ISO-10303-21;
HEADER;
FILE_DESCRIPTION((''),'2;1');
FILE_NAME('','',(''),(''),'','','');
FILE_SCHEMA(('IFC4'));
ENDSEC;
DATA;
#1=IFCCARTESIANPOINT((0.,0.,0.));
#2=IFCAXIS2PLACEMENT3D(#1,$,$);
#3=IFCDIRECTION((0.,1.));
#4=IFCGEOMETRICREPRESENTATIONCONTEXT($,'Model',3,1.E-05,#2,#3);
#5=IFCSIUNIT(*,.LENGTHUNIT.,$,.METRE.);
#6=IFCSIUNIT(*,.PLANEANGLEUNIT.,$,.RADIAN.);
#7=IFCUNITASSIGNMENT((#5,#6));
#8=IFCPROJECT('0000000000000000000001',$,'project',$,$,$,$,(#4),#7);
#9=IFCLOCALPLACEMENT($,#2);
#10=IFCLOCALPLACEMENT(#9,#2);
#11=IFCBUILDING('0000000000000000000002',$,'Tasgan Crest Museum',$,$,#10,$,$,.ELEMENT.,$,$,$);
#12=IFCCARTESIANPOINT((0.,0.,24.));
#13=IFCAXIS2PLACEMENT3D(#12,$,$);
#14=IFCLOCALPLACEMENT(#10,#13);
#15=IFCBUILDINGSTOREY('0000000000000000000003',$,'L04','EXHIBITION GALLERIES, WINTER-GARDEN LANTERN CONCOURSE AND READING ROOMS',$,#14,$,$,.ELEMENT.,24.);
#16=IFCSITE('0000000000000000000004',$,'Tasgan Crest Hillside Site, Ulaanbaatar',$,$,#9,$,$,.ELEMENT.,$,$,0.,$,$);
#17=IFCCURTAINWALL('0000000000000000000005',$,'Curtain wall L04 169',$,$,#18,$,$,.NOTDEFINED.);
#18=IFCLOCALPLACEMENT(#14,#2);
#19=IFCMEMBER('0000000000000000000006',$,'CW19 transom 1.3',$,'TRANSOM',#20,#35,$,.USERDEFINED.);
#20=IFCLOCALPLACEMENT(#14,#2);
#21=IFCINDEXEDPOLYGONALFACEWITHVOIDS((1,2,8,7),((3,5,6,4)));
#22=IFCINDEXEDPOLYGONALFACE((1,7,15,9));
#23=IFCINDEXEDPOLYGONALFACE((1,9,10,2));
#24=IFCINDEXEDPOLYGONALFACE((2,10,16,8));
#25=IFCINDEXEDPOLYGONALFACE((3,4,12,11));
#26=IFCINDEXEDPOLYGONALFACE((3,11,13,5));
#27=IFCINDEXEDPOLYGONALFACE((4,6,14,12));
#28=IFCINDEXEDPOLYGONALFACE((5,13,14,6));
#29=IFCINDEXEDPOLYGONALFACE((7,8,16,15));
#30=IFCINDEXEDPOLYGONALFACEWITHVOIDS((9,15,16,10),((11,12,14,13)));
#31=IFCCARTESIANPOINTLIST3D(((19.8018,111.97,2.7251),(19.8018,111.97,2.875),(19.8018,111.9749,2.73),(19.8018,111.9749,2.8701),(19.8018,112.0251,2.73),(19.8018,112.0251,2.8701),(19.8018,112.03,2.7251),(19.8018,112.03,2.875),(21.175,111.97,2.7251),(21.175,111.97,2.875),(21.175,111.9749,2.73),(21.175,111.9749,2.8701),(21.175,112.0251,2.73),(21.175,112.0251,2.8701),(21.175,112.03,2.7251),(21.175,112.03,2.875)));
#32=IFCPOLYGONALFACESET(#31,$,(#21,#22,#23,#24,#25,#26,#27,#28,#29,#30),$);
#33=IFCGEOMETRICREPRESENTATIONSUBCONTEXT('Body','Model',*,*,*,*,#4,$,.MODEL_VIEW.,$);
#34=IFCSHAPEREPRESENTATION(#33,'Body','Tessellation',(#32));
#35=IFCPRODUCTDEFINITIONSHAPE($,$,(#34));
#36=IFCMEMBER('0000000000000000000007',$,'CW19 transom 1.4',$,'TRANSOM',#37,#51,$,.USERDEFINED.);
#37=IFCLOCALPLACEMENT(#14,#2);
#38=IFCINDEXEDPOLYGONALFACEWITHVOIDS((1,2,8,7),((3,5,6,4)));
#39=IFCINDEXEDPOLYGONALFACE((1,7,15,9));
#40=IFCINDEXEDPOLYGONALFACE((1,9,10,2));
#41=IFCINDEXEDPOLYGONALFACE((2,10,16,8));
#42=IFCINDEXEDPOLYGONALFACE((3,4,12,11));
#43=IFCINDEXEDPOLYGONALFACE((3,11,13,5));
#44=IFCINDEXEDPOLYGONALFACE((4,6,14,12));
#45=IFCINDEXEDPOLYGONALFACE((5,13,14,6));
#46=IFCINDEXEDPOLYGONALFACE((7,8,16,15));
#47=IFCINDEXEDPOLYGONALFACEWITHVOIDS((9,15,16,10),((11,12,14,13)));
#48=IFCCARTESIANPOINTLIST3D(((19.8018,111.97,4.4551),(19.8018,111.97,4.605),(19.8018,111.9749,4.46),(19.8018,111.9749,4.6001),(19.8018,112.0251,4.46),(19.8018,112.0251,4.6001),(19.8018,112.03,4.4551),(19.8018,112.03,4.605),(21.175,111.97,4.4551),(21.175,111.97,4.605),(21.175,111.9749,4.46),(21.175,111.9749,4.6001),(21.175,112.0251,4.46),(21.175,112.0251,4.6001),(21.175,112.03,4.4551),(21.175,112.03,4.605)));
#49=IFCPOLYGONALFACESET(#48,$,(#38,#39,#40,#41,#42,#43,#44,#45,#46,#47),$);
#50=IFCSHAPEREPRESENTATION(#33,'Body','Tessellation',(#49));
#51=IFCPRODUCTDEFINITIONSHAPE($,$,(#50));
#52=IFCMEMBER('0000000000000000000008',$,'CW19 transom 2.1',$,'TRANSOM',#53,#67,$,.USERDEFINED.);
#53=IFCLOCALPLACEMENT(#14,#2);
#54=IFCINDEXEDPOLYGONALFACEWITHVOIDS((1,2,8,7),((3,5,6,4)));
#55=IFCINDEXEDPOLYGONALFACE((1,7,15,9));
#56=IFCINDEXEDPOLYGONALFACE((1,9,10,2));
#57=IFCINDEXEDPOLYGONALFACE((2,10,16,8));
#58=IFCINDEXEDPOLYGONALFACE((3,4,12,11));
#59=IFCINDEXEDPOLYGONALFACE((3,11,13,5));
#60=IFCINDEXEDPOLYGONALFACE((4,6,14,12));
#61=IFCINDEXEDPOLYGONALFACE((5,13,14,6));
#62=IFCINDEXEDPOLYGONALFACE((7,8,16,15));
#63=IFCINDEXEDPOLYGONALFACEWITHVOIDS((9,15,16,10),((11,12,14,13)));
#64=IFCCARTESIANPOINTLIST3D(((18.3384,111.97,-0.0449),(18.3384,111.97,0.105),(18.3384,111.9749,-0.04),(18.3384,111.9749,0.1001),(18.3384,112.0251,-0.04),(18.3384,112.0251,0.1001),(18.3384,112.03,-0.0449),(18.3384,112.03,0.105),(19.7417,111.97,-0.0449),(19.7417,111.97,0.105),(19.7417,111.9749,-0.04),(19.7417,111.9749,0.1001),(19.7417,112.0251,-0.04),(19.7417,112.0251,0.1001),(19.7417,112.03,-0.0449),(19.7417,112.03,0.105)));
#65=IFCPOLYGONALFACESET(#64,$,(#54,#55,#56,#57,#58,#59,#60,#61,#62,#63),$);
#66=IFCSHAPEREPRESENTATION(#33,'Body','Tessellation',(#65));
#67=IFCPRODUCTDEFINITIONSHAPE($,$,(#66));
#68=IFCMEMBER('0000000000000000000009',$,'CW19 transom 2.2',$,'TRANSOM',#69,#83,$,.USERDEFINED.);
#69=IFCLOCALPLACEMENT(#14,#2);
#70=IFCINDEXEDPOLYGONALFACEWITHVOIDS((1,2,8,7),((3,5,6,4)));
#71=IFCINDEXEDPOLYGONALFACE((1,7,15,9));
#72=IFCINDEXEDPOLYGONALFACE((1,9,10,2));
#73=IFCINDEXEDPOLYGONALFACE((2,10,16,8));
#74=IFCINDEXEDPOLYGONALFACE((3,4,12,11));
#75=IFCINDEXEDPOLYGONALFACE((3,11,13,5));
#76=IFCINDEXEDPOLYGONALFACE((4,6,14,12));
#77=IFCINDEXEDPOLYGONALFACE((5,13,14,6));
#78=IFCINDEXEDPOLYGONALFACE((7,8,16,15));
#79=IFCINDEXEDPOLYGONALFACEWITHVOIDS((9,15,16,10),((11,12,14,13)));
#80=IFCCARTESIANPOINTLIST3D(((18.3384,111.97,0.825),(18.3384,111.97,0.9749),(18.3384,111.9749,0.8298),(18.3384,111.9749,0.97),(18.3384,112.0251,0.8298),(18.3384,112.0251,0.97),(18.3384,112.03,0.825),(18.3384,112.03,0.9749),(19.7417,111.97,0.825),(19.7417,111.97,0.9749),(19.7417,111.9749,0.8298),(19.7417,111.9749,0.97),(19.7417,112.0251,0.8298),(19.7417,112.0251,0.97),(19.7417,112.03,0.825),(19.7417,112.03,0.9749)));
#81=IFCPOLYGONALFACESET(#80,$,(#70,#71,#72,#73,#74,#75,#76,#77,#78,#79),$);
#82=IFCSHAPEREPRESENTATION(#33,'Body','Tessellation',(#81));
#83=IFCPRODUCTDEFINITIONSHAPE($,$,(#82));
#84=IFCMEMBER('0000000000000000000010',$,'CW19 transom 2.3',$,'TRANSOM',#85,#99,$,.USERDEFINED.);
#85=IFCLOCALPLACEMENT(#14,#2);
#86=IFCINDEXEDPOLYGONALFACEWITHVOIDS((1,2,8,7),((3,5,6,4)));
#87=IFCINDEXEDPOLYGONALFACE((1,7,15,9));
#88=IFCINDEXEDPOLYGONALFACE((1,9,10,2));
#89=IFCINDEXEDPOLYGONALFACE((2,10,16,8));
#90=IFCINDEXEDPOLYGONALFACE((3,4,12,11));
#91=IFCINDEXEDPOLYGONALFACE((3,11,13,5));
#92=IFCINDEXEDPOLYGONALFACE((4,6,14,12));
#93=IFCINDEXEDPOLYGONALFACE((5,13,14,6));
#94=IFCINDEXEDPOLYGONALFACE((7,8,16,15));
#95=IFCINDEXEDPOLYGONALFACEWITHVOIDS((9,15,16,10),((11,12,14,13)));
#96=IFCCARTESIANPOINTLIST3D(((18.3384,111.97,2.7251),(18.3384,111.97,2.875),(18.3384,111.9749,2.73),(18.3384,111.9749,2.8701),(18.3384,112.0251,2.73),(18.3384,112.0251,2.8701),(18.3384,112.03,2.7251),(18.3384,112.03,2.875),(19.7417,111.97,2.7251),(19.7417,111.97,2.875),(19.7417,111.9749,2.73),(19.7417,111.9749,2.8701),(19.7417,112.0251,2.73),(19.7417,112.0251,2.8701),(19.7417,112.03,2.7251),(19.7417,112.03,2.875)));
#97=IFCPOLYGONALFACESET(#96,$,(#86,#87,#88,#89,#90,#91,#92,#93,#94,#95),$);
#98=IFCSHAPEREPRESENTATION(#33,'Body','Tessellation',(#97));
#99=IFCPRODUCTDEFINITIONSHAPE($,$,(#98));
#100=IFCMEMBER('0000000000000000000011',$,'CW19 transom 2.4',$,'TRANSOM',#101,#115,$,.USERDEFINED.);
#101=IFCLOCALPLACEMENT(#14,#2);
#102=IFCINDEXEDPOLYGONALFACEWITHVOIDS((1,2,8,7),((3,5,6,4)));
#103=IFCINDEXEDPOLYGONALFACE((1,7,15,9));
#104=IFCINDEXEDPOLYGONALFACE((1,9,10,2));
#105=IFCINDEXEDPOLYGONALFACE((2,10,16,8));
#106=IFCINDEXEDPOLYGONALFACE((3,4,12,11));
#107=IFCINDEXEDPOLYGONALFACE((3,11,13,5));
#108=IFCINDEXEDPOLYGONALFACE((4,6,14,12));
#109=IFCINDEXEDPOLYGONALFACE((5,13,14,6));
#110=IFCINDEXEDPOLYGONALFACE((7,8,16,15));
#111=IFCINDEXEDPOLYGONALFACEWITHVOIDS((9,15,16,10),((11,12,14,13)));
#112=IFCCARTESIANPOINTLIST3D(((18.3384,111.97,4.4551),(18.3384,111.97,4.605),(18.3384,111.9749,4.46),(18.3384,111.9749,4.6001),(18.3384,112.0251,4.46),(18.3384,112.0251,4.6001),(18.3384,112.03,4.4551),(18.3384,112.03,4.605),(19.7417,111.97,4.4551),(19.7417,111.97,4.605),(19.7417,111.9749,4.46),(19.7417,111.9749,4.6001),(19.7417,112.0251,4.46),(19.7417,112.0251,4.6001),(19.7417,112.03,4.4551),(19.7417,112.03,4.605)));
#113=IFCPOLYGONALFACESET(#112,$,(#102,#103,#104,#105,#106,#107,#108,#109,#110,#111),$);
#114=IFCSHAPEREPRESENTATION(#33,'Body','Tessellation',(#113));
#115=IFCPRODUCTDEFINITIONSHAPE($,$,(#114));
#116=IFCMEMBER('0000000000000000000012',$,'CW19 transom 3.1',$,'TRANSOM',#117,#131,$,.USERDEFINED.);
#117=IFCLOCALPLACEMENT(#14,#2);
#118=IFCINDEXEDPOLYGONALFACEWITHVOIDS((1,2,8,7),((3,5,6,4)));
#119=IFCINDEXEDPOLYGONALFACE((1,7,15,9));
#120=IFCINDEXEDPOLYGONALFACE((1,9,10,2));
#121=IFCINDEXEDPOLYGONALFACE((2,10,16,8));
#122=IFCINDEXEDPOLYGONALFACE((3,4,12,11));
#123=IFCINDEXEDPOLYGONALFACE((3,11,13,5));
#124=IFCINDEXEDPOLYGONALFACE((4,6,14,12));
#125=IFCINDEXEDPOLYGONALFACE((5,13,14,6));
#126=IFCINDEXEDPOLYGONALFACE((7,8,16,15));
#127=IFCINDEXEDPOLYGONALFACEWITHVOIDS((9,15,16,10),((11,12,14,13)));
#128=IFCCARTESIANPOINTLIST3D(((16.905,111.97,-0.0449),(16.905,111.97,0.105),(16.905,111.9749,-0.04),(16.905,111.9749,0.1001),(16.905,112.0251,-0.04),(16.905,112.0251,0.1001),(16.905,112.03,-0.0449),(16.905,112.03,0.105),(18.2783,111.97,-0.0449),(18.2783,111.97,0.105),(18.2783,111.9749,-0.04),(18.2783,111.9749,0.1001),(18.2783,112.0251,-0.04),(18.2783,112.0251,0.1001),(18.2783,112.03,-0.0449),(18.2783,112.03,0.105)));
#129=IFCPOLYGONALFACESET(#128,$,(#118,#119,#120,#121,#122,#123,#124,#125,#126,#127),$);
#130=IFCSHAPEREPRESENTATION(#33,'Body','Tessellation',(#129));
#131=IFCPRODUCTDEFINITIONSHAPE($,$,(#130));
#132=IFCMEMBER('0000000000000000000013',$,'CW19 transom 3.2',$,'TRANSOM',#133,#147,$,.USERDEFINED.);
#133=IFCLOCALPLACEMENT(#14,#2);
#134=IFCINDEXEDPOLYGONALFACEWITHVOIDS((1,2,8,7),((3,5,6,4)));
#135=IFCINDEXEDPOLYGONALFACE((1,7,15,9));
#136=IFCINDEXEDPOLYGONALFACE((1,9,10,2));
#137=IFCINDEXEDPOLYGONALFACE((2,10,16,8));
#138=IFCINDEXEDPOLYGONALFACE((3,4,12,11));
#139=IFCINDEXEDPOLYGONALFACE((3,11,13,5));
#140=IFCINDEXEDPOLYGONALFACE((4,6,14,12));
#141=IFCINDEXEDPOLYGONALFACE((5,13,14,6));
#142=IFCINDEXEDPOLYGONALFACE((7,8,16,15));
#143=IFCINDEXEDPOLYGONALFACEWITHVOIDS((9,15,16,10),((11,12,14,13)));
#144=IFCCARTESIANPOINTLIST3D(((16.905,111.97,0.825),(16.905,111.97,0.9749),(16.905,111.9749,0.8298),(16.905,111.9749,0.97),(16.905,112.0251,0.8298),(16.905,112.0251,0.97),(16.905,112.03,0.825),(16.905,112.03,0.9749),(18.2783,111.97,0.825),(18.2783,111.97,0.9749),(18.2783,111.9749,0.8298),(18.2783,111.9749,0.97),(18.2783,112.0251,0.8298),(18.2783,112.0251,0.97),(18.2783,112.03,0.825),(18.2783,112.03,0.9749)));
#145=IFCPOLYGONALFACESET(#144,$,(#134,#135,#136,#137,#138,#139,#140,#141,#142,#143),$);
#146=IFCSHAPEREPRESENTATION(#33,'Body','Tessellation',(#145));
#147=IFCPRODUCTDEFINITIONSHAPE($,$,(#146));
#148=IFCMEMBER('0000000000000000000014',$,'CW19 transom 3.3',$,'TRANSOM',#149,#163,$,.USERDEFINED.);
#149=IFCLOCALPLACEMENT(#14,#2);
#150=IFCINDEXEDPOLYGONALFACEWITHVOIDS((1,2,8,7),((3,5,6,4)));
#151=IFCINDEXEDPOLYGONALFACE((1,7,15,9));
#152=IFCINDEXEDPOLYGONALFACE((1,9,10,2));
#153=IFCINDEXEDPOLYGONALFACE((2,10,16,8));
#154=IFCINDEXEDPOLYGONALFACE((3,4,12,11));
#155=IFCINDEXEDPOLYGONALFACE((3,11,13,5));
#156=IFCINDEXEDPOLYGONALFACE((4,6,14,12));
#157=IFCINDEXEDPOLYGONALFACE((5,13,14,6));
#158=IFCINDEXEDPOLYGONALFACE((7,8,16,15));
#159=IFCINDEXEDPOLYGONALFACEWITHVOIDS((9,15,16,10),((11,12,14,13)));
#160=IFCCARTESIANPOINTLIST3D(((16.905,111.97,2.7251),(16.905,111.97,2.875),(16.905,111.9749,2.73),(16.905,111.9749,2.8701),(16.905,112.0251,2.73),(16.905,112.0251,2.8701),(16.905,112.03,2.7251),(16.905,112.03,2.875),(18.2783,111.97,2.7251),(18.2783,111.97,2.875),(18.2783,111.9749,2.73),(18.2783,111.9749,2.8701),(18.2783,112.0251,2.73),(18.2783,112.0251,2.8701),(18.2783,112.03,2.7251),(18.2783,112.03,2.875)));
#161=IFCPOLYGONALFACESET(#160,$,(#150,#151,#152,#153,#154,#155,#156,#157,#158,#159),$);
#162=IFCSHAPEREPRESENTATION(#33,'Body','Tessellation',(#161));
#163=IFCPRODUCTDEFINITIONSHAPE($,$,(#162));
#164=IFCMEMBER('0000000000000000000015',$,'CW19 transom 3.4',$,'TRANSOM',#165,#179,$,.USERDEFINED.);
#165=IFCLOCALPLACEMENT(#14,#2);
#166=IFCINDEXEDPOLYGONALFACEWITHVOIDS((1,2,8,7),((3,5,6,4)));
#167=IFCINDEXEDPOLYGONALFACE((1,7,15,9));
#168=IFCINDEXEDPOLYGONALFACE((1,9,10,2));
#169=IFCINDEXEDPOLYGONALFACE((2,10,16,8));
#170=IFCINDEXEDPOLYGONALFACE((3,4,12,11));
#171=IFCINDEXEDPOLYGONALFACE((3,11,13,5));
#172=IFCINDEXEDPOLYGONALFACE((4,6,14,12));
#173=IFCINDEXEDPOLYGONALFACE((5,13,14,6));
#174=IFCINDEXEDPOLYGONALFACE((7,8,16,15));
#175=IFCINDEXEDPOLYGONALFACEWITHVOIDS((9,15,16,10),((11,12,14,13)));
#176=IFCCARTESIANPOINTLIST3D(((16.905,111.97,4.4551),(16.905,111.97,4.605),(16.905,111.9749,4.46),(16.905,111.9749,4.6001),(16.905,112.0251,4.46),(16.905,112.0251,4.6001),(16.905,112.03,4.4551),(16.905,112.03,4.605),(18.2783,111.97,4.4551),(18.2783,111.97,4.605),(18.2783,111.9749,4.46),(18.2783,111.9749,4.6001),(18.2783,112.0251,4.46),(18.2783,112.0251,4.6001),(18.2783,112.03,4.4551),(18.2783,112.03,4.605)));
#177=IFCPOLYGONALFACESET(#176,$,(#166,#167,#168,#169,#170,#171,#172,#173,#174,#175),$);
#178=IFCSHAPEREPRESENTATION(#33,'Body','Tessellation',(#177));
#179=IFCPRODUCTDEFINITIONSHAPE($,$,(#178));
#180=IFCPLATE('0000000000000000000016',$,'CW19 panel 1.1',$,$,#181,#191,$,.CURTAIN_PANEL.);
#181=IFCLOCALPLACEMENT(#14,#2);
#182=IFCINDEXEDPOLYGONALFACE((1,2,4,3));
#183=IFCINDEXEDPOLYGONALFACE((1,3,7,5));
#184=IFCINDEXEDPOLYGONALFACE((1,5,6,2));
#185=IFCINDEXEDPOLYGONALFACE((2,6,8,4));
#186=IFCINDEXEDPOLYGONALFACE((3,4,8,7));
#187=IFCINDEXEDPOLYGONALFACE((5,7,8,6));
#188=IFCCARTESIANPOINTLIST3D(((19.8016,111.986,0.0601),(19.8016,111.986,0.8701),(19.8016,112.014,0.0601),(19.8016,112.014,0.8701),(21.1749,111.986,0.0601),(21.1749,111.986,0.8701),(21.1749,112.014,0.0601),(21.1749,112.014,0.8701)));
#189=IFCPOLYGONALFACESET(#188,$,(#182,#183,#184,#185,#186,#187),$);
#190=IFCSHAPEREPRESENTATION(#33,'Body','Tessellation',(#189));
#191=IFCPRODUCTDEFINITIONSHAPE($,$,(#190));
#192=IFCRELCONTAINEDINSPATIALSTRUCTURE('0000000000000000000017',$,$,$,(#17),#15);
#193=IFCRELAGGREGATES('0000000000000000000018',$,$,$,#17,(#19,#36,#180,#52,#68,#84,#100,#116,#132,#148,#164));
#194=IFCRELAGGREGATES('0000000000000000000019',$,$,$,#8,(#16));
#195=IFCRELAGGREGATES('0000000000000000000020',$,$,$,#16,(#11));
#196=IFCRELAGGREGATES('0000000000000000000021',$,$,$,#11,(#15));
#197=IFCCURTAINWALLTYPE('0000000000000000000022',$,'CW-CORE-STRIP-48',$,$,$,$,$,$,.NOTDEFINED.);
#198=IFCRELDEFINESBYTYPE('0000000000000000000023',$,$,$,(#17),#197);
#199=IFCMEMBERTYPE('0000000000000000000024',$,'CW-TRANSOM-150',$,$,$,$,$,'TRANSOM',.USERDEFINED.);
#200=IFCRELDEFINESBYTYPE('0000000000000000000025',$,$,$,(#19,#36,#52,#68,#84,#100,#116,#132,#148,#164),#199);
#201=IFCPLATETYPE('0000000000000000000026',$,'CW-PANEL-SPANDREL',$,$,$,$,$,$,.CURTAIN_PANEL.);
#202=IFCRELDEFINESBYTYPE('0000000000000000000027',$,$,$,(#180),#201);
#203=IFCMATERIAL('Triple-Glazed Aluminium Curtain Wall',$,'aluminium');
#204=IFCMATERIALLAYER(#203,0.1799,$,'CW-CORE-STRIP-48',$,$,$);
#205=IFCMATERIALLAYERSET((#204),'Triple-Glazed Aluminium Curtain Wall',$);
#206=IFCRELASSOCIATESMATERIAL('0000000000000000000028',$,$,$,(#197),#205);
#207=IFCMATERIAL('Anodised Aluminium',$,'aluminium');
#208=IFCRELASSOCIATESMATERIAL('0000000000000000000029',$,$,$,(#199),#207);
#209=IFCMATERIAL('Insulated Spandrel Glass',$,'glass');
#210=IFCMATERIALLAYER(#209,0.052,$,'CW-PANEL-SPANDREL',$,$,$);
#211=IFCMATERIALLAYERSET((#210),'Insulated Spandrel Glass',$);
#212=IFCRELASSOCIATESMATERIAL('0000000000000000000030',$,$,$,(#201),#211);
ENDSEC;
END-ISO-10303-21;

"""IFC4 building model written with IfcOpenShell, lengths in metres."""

from ifc_helpers import new_model, si_unit, direction, frame, origin, origin_2d, place, context, subcontext, project, spatial, rectangle, hollow_rectangle, extrude, material, layer, layer_set, material_profile, profile_set, type_object, element, aggregate, save


model = new_model("IFC4")

# Units and contexts
model_context = context("Model", 3, precision=1e-05, world=origin(), true_north=direction((0.0, 1.0)))
body_context = subcontext(model_context, "Body", "Model", "MODEL_VIEW")
ifc_project = project(units=[si_unit("LENGTHUNIT", "METRE"), si_unit("PLANEANGLEUNIT", "RADIAN")], contexts=[model_context])

# Site, building, storey
site_placement = place(None, origin())
site = spatial("IfcSite", under=ifc_project, at=site_placement, Name="Tasgan Crest Hillside Site, Ulaanbaatar", CompositionType="ELEMENT", RefElevation=0.0)
building_placement = place(site_placement, origin())
building = spatial("IfcBuilding", under=site, at=building_placement, Name="Tasgan Crest Museum", CompositionType="ELEMENT")
storey_placement = place(building_placement, frame((0.0, 0.0, 24.0)))
storey = spatial("IfcBuildingStorey", under=building, at=storey_placement, Name="L04", Description="EXHIBITION GALLERIES, WINTER-GARDEN LANTERN CONCOURSE AND READING ROOMS", CompositionType="ELEMENT", Elevation=24.0)

# Curtain wall, members, plate
ifc_material_1 = material(Name="Triple-Glazed Aluminium Curtain Wall", Category="aluminium")
ifc_layer_1 = layer(ifc_material_1, 0.1799, Name="CW-CORE-STRIP-48")
ifc_layer_set_1 = layer_set([ifc_layer_1], Name="Triple-Glazed Aluminium Curtain Wall")
curtain_wall_type = type_object("IfcCurtainWallType", Name="CW-CORE-STRIP-48", PredefinedType="NOTDEFINED", material=ifc_layer_set_1)
curtain_wall_placement = place(storey_placement, origin())
curtain_wall = element("IfcCurtainWall", 1, at=curtain_wall_placement, inside=storey, type_object=curtain_wall_type, Name="Curtain wall L04 169", PredefinedType="NOTDEFINED")
ifc_material_2 = material(Name="Anodised Aluminium", Category="aluminium")
ifc_material_profile_1 = material_profile(ifc_material_2, hollow_rectangle(XDim=0.0601, YDim=0.1499, WallThickness=0.0049, at=origin_2d()), Name="ALU TRANSOM 150x60x5")
ifc_profile_set_1 = profile_set([ifc_material_profile_1], Name="Anodised Aluminium")
member_type_1 = type_object("IfcMemberType", Name="CW-TRANSOM-150", ElementType="TRANSOM", PredefinedType="USERDEFINED", material=ifc_profile_set_1)
member_1_placement = place(storey_placement, frame((21.175, 112.0, 2.8), z_axis=(-1.0, 0.0, 0.0), x_axis=(0.0, -1.0, 0.0)))
member_1 = element("IfcMember", 2, at=member_1_placement, type_object=member_type_1, Name="CW19 transom 1.3", ObjectType="TRANSOM", PredefinedType="USERDEFINED", context=body_context, shape_type="SweptSolid", body=[
    extrude(hollow_rectangle(XDim=0.0601, YDim=0.1499, WallThickness=0.0049, at=origin_2d()), origin(), (0.0, 0.0, 1.0), 1.3733),
])
member_2_placement = place(storey_placement, frame((21.175, 112.0, 4.53), z_axis=(-1.0, 0.0, 0.0), x_axis=(0.0, -1.0, 0.0)))
member_2 = element("IfcMember", 3, at=member_2_placement, type_object=member_type_1, Name="CW19 transom 1.4", ObjectType="TRANSOM", PredefinedType="USERDEFINED", context=body_context, shape_type="SweptSolid", body=[
    extrude(hollow_rectangle(XDim=0.0601, YDim=0.1499, WallThickness=0.0049, at=origin_2d()), origin(), (0.0, 0.0, 1.0), 1.3733),
])
member_3_placement = place(storey_placement, frame((19.7417, 112.0, 0.03), z_axis=(-1.0, 0.0, 0.0), x_axis=(0.0, -1.0, 0.0)))
member_3 = element("IfcMember", 4, at=member_3_placement, type_object=member_type_1, Name="CW19 transom 2.1", ObjectType="TRANSOM", PredefinedType="USERDEFINED", context=body_context, shape_type="SweptSolid", body=[
    extrude(hollow_rectangle(XDim=0.0601, YDim=0.1499, WallThickness=0.0049, at=origin_2d()), origin(), (0.0, 0.0, 1.0), 1.4033),
])
member_4_placement = place(storey_placement, frame((19.7417, 112.0, 0.8999), z_axis=(-1.0, 0.0, 0.0), x_axis=(0.0, -1.0, 0.0)))
member_4 = element("IfcMember", 5, at=member_4_placement, type_object=member_type_1, Name="CW19 transom 2.2", ObjectType="TRANSOM", PredefinedType="USERDEFINED", context=body_context, shape_type="SweptSolid", body=[
    extrude(hollow_rectangle(XDim=0.0601, YDim=0.1499, WallThickness=0.0049, at=origin_2d()), origin(), (0.0, 0.0, 1.0), 1.4033),
])
member_5_placement = place(storey_placement, frame((19.7417, 112.0, 2.8), z_axis=(-1.0, 0.0, 0.0), x_axis=(0.0, -1.0, 0.0)))
member_5 = element("IfcMember", 6, at=member_5_placement, type_object=member_type_1, Name="CW19 transom 2.3", ObjectType="TRANSOM", PredefinedType="USERDEFINED", context=body_context, shape_type="SweptSolid", body=[
    extrude(hollow_rectangle(XDim=0.0601, YDim=0.1499, WallThickness=0.0049, at=origin_2d()), origin(), (0.0, 0.0, 1.0), 1.4033),
])
member_6_placement = place(storey_placement, frame((19.7417, 112.0, 4.53), z_axis=(-1.0, 0.0, 0.0), x_axis=(0.0, -1.0, 0.0)))
member_6 = element("IfcMember", 7, at=member_6_placement, type_object=member_type_1, Name="CW19 transom 2.4", ObjectType="TRANSOM", PredefinedType="USERDEFINED", context=body_context, shape_type="SweptSolid", body=[
    extrude(hollow_rectangle(XDim=0.0601, YDim=0.1499, WallThickness=0.0049, at=origin_2d()), origin(), (0.0, 0.0, 1.0), 1.4033),
])
member_7_placement = place(storey_placement, frame((18.2783, 112.0, 0.03), z_axis=(-1.0, 0.0, 0.0), x_axis=(0.0, -1.0, 0.0)))
member_7 = element("IfcMember", 8, at=member_7_placement, type_object=member_type_1, Name="CW19 transom 3.1", ObjectType="TRANSOM", PredefinedType="USERDEFINED", context=body_context, shape_type="SweptSolid", body=[
    extrude(hollow_rectangle(XDim=0.0601, YDim=0.1499, WallThickness=0.0049, at=origin_2d()), origin(), (0.0, 0.0, 1.0), 1.3733),
])
member_8_placement = place(storey_placement, frame((18.2783, 112.0, 0.8999), z_axis=(-1.0, 0.0, 0.0), x_axis=(0.0, -1.0, 0.0)))
member_8 = element("IfcMember", 9, at=member_8_placement, type_object=member_type_1, Name="CW19 transom 3.2", ObjectType="TRANSOM", PredefinedType="USERDEFINED", context=body_context, shape_type="SweptSolid", body=[
    extrude(hollow_rectangle(XDim=0.0601, YDim=0.1499, WallThickness=0.0049, at=origin_2d()), origin(), (0.0, 0.0, 1.0), 1.3733),
])
member_9_placement = place(storey_placement, frame((18.2783, 112.0, 2.8), z_axis=(-1.0, 0.0, 0.0), x_axis=(0.0, -1.0, 0.0)))
member_9 = element("IfcMember", 10, at=member_9_placement, type_object=member_type_1, Name="CW19 transom 3.3", ObjectType="TRANSOM", PredefinedType="USERDEFINED", context=body_context, shape_type="SweptSolid", body=[
    extrude(hollow_rectangle(XDim=0.0601, YDim=0.1499, WallThickness=0.0049, at=origin_2d()), origin(), (0.0, 0.0, 1.0), 1.3733),
])
member_10_placement = place(storey_placement, frame((18.2783, 112.0, 4.53), z_axis=(-1.0, 0.0, 0.0), x_axis=(0.0, -1.0, 0.0)))
member_10 = element("IfcMember", 11, at=member_10_placement, type_object=member_type_1, Name="CW19 transom 3.4", ObjectType="TRANSOM", PredefinedType="USERDEFINED", context=body_context, shape_type="SweptSolid", body=[
    extrude(hollow_rectangle(XDim=0.0601, YDim=0.1499, WallThickness=0.0049, at=origin_2d()), origin(), (0.0, 0.0, 1.0), 1.3733),
])
ifc_material_3 = material(Name="Insulated Spandrel Glass", Category="glass")
ifc_layer_2 = layer(ifc_material_3, 0.052, Name="CW-PANEL-SPANDREL")
ifc_layer_set_2 = layer_set([ifc_layer_2], Name="Insulated Spandrel Glass")
plate_type_1 = type_object("IfcPlateType", Name="CW-PANEL-SPANDREL", PredefinedType="CURTAIN_PANEL", material=ifc_layer_set_2)
plate_1_placement = place(storey_placement, frame((20.4883, 112.0, 0.0601), z_axis=(0.0, 0.0, 1.0), x_axis=(-1.0, 0.0, 0.0)))
plate_1 = element("IfcPlate", 12, at=plate_1_placement, type_object=plate_type_1, Name="CW19 panel 1.1", PredefinedType="CURTAIN_PANEL", context=body_context, shape_type="SweptSolid", body=[
    extrude(rectangle(XDim=1.3733, YDim=0.0281, at=origin_2d()), origin(), (0.0, 0.0, 1.0), 0.8101),
])
aggregate(curtain_wall, [member_1, member_2, plate_1, member_3, member_4, member_5, member_6, member_7, member_8, member_9, member_10])

save(model, "model.ifc")
